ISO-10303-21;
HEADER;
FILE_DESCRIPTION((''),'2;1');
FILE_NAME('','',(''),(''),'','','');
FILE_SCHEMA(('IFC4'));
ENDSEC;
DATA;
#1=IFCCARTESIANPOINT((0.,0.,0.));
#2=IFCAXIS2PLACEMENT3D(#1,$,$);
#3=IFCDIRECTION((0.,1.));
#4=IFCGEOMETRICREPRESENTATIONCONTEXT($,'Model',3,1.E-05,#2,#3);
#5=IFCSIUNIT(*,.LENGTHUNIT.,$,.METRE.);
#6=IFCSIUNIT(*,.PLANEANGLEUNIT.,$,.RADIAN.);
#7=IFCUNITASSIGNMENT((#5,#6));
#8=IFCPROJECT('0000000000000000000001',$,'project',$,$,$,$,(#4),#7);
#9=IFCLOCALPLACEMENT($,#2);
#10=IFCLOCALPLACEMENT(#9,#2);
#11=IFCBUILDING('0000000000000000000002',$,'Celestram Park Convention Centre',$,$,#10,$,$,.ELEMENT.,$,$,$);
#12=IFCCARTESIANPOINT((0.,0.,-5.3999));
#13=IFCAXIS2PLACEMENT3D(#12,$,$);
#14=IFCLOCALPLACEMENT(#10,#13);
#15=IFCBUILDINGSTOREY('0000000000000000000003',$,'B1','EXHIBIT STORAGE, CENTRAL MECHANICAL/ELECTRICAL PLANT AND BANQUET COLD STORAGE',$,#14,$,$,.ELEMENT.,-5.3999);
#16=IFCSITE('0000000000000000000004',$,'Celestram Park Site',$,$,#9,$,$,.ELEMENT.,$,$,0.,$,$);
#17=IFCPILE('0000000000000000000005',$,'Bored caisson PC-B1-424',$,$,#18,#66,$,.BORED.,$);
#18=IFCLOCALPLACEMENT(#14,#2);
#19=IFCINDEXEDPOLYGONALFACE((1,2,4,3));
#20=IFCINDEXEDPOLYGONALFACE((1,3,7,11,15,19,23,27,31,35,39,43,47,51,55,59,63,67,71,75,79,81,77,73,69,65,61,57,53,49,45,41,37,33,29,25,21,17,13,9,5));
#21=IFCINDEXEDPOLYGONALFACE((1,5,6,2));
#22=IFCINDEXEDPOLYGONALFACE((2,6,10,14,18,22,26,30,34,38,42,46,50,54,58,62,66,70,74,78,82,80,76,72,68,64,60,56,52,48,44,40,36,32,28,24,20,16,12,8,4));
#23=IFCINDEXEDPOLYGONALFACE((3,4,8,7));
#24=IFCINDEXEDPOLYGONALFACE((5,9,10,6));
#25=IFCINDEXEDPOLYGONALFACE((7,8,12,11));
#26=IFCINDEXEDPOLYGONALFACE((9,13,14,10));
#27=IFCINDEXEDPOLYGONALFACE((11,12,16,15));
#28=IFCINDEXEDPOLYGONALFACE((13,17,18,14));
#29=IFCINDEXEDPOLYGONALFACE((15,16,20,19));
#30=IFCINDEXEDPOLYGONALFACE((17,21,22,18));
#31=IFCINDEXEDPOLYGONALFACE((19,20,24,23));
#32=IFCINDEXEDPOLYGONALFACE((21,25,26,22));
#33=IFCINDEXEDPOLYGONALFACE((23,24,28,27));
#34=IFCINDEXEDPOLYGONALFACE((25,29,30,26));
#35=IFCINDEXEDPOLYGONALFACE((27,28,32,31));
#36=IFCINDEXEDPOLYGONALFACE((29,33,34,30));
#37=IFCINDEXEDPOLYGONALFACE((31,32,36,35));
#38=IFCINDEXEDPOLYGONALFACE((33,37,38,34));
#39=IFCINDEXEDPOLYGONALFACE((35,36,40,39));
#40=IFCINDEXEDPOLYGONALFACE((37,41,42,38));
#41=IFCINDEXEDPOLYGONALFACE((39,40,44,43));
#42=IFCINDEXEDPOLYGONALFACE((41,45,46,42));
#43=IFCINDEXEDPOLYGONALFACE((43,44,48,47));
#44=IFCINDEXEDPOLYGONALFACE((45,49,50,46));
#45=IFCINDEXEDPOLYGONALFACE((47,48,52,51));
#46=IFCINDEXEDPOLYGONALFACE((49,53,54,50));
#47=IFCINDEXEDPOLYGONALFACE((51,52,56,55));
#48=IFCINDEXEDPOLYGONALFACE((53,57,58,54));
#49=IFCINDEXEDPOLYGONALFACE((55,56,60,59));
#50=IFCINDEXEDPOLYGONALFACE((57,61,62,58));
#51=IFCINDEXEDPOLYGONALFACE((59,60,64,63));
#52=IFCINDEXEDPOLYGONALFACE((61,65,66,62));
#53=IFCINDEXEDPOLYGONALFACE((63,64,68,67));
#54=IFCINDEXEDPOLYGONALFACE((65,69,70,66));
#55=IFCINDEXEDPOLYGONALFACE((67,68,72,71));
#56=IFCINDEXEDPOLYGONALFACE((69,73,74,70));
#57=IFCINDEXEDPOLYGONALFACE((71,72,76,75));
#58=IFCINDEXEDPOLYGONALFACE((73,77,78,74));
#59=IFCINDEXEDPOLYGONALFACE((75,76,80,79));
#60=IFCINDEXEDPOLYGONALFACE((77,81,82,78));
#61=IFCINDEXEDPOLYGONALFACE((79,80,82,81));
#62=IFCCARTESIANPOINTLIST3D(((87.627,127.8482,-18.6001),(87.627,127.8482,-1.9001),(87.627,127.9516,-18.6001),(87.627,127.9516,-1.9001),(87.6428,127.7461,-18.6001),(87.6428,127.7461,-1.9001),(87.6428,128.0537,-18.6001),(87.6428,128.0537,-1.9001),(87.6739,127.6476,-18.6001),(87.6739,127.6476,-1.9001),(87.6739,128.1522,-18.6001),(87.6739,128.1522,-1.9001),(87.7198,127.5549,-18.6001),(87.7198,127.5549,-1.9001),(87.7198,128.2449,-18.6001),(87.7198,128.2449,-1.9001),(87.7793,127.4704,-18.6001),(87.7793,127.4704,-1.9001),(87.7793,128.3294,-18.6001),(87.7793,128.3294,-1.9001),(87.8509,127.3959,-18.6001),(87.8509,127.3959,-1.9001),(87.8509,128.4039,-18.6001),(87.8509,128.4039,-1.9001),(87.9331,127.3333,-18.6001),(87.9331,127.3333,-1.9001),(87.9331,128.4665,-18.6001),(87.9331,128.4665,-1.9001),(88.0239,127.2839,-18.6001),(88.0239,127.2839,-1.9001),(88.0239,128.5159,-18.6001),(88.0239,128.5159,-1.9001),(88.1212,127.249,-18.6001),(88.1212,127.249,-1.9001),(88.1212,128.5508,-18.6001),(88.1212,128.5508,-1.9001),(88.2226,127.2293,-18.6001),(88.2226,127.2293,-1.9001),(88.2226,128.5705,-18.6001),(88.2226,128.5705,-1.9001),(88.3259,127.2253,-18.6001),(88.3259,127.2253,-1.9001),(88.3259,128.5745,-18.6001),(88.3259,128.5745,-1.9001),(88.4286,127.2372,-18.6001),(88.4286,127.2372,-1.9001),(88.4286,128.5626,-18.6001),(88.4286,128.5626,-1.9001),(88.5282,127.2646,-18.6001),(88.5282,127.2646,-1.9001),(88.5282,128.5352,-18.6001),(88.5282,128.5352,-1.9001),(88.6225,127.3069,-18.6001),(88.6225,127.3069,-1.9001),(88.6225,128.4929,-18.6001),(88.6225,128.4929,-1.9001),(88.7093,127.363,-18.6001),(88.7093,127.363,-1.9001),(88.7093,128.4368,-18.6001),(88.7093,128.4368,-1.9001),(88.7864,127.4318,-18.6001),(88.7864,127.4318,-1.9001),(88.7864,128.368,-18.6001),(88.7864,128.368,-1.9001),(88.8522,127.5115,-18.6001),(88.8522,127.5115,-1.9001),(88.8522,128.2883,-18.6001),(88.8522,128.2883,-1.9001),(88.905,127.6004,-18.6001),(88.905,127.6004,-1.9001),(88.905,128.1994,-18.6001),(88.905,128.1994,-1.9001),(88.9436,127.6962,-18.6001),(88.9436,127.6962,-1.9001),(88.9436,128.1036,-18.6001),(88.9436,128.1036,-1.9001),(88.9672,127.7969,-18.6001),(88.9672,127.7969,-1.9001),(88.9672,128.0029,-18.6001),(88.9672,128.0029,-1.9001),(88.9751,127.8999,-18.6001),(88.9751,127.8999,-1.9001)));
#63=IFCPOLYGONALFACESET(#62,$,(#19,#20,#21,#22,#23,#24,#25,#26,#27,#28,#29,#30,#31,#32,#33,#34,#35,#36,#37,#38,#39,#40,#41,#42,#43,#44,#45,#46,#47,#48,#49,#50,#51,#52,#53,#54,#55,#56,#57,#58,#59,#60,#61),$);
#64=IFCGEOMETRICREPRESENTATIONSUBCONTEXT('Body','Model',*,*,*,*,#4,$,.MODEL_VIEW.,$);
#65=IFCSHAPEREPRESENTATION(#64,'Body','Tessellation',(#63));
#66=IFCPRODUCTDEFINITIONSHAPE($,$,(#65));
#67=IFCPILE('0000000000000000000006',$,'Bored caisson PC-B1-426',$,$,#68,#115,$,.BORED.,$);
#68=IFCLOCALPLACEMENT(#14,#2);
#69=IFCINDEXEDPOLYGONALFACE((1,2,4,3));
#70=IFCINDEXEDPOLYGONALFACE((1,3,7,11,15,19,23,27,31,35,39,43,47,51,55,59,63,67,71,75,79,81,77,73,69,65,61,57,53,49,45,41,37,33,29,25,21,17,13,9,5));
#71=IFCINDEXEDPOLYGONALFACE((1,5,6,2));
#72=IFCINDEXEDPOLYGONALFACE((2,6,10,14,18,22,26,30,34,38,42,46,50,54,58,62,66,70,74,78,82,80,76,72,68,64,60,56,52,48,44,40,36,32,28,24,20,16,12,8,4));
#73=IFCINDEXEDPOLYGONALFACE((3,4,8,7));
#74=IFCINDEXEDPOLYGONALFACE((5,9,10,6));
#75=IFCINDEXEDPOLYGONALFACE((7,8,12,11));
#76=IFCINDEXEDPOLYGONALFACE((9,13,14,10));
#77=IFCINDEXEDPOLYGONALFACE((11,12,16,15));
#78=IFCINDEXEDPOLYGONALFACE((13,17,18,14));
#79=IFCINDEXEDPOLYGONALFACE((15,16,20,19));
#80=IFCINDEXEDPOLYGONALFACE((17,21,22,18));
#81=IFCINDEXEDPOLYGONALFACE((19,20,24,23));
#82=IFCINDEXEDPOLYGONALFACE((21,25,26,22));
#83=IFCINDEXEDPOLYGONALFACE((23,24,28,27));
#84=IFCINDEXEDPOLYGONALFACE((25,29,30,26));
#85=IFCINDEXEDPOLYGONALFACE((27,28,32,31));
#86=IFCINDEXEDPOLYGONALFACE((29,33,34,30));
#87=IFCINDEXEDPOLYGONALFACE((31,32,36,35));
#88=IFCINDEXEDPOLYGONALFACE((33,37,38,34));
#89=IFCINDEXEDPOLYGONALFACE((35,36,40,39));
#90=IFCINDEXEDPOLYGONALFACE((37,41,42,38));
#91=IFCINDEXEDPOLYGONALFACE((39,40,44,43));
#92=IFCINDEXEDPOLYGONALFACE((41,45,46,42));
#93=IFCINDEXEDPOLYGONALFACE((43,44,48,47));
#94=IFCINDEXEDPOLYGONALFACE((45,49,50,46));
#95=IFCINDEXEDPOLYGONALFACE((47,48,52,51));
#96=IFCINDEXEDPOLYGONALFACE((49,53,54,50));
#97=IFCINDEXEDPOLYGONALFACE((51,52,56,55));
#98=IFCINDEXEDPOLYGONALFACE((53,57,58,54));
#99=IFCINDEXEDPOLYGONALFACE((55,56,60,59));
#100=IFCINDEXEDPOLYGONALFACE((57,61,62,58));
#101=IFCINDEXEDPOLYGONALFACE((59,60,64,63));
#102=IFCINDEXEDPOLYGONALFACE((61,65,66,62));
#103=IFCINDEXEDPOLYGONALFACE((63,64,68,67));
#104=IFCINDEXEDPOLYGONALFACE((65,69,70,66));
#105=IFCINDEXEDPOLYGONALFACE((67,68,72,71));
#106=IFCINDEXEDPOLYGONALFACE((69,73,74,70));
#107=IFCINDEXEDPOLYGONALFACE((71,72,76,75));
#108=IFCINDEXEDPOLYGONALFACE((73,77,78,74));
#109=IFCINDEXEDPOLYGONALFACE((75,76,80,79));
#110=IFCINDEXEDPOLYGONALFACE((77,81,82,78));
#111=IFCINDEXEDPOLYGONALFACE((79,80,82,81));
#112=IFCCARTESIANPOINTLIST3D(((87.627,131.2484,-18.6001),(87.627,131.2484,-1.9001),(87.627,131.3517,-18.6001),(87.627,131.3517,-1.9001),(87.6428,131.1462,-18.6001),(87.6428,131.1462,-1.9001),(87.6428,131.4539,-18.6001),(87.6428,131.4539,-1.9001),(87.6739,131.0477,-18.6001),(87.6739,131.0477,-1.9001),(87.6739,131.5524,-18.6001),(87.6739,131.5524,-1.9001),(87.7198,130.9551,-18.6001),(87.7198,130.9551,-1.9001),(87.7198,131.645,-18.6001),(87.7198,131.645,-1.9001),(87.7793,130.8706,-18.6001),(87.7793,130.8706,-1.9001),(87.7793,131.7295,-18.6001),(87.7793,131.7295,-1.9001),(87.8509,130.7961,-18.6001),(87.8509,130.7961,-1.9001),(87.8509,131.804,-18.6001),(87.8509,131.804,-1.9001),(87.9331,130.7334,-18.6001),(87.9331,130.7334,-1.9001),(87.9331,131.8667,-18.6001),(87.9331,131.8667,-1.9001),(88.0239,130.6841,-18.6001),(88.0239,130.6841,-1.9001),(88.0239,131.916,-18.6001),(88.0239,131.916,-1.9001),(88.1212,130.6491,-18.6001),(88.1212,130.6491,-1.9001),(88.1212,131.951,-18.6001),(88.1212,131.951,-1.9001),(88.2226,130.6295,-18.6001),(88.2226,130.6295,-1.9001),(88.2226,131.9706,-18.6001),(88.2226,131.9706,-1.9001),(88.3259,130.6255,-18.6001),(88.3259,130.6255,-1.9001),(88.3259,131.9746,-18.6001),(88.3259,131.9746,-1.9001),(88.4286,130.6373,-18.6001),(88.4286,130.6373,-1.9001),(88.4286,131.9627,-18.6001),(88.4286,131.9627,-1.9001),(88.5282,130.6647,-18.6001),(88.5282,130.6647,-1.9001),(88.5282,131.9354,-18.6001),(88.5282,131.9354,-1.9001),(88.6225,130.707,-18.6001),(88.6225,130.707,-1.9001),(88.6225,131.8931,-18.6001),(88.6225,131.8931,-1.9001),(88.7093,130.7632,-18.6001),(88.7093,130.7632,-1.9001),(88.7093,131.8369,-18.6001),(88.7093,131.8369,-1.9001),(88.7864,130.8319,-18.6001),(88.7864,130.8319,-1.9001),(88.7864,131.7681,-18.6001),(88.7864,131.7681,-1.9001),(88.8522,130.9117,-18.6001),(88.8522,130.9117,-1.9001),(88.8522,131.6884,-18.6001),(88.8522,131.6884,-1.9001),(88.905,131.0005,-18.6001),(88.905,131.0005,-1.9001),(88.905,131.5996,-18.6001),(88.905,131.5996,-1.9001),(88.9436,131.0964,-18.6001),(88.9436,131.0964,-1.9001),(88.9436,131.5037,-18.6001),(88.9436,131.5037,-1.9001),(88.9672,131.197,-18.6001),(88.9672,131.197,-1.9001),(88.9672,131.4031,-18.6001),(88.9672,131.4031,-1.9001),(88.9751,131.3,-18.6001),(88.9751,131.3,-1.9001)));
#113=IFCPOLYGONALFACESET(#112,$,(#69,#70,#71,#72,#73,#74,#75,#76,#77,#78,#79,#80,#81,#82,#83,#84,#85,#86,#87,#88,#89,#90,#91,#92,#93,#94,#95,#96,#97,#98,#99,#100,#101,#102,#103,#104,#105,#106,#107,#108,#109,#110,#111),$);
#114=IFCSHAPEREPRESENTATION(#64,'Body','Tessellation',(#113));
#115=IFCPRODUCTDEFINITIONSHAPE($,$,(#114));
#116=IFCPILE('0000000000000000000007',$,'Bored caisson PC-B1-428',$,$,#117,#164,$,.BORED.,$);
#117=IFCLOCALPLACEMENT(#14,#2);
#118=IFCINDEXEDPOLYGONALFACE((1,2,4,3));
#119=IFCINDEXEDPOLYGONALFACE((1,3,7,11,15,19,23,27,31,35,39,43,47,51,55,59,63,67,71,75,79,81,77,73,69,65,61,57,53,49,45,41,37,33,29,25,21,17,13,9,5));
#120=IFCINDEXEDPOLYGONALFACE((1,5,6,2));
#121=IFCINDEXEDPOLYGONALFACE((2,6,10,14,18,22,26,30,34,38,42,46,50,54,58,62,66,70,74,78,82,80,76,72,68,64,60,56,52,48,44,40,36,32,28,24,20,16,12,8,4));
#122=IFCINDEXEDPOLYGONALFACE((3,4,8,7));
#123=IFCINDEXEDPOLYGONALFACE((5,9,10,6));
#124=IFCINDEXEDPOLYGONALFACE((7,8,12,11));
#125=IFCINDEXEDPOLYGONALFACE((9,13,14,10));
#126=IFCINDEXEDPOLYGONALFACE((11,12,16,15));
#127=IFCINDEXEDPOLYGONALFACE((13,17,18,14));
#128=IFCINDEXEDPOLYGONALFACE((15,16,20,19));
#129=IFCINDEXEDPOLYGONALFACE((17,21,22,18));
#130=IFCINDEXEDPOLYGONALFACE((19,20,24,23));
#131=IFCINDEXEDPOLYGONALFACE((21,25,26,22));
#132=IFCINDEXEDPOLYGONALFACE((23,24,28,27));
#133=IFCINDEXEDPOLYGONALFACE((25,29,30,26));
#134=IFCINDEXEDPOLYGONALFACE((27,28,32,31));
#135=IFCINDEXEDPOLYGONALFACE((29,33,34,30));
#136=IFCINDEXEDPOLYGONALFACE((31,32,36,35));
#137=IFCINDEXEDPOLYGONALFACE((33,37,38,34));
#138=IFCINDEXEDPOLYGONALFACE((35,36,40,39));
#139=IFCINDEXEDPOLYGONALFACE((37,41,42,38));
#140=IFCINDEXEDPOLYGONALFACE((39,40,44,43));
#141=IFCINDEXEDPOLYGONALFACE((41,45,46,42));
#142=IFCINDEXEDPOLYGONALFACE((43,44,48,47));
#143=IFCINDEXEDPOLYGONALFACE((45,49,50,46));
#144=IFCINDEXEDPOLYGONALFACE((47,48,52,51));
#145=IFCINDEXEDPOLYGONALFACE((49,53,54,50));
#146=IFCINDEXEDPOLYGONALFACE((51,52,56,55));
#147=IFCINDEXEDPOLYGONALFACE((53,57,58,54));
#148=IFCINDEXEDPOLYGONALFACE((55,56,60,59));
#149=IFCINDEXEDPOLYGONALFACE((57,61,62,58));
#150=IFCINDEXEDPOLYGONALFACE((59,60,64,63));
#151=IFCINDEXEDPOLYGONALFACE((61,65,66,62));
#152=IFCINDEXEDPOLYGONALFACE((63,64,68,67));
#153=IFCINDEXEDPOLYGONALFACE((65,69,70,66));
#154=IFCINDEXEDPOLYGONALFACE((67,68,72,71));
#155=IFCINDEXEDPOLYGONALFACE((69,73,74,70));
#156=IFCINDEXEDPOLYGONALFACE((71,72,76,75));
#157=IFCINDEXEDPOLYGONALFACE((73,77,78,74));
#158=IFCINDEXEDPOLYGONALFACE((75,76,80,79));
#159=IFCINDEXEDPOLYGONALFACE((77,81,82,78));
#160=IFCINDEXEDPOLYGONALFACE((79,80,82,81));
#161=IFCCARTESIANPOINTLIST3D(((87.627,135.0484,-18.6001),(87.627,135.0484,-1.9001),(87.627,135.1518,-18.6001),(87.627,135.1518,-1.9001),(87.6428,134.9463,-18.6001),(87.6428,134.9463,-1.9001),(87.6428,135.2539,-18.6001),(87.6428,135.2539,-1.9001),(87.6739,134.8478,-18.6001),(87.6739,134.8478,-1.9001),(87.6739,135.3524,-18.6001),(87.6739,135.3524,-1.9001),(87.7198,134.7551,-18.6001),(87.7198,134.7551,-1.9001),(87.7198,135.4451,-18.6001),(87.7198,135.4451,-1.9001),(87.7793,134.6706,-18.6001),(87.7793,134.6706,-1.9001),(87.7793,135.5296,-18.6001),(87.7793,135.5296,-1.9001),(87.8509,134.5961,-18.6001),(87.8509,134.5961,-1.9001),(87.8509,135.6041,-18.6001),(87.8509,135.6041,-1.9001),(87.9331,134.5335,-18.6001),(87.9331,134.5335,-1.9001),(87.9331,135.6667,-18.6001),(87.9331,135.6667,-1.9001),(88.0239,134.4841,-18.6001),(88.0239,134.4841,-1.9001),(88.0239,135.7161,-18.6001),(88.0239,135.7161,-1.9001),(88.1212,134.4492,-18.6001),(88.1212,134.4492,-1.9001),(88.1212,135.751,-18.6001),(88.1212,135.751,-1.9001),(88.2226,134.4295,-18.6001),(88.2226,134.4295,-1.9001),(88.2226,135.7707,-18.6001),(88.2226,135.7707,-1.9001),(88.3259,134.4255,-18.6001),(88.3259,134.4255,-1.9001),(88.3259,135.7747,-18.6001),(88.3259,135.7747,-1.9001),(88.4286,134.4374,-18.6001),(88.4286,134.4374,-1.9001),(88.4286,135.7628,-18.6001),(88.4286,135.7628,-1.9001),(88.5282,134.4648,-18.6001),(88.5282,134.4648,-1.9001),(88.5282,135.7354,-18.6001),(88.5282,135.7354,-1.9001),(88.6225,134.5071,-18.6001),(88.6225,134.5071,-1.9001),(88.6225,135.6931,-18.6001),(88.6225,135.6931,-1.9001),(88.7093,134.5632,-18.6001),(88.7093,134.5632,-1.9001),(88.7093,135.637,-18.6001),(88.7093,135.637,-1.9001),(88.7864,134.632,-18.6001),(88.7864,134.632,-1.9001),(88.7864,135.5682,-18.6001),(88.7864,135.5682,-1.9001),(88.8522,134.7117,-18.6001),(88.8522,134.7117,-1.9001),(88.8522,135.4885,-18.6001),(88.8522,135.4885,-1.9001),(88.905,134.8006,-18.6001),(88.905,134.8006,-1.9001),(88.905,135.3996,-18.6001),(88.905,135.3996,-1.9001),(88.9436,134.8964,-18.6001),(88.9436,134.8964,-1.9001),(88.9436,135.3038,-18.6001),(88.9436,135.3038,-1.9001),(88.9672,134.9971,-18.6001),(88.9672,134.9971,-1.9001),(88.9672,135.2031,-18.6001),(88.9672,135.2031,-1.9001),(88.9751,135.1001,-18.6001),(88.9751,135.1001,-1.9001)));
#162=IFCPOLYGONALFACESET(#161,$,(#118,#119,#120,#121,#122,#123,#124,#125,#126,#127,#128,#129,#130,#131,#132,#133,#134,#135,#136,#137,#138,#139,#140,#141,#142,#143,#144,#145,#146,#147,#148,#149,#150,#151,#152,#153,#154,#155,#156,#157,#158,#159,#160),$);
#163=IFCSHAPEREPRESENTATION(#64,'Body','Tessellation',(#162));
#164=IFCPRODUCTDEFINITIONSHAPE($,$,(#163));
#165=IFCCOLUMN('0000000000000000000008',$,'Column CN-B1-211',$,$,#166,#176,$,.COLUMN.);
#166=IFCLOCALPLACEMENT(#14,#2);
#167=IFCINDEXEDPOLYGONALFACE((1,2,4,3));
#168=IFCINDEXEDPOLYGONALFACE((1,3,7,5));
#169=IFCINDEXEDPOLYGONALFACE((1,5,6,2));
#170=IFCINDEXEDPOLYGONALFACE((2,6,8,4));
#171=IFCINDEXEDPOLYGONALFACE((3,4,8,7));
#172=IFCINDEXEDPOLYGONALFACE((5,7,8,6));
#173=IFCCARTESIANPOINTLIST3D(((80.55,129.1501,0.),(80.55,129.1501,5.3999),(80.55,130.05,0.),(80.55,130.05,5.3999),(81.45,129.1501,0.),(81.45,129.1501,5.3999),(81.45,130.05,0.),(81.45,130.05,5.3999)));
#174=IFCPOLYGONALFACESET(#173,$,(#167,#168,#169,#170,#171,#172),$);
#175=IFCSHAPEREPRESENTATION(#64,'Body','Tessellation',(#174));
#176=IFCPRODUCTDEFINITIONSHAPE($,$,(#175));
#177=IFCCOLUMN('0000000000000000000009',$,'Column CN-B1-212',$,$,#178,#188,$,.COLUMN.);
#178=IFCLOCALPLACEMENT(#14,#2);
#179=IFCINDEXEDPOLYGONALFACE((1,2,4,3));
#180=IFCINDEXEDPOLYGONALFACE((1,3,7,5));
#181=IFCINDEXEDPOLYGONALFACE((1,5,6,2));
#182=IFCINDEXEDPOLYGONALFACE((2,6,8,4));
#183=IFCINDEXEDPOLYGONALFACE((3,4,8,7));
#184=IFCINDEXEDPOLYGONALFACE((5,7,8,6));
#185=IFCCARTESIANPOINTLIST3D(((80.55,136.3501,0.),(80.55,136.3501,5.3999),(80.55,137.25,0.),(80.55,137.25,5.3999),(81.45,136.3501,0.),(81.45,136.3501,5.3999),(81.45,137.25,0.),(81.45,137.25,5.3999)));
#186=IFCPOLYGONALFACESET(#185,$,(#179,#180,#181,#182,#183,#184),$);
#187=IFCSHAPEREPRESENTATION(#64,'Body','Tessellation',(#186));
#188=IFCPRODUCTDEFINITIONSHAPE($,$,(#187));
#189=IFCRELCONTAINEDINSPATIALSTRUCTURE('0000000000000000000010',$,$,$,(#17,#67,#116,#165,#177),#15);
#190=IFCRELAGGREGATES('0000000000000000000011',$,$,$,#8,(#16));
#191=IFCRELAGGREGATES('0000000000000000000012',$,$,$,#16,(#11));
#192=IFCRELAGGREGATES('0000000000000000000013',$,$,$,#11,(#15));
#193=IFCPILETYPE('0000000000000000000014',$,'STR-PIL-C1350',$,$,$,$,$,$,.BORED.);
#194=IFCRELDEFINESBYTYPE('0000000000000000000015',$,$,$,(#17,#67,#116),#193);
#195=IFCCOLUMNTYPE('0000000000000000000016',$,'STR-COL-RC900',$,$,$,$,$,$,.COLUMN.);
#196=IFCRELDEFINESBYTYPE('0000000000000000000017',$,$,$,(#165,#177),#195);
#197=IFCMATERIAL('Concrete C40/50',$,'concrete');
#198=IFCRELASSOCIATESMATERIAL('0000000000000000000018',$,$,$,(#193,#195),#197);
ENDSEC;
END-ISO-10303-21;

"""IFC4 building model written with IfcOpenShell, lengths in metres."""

from ifc_helpers import new_model, si_unit, direction, frame, origin, origin_2d, place, context, subcontext, project, spatial, rectangle, circle, extrude, material, material_profile, profile_set, type_object, element, save


model = new_model("IFC4")

# Units and contexts
model_context = context("Model", 3, precision=1e-05, world=origin(), true_north=direction((0.0, 1.0)))
body_context = subcontext(model_context, "Body", "Model", "MODEL_VIEW")
ifc_project = project(units=[si_unit("LENGTHUNIT", "METRE"), si_unit("PLANEANGLEUNIT", "RADIAN")], contexts=[model_context])

# Site, building, storey
site_placement = place(None, origin())
site = spatial("IfcSite", under=ifc_project, at=site_placement, Name="Celestram Park Site", CompositionType="ELEMENT", RefElevation=0.0)
building_placement = place(site_placement, origin())
building = spatial("IfcBuilding", under=site, at=building_placement, Name="Celestram Park Convention Centre", CompositionType="ELEMENT")
storey_placement = place(building_placement, frame((0.0, 0.0, -5.3999)))
storey = spatial("IfcBuildingStorey", under=building, at=storey_placement, Name="B1", Description="EXHIBIT STORAGE, CENTRAL MECHANICAL/ELECTRICAL PLANT AND BANQUET COLD STORAGE", CompositionType="ELEMENT", Elevation=-5.3999)

# Shared definitions
ifc_material_1 = material(Name="Concrete C40/50", Category="concrete")

# Piles
ifc_material_profile_1 = material_profile(ifc_material_1, circle(Radius=0.675, at=origin_2d()), Name="CAISSON1350")
ifc_profile_set_1 = profile_set([ifc_material_profile_1], Name="Concrete C40/50")
pile_type_1 = type_object("IfcPileType", Name="STR-PIL-C1350", PredefinedType="BORED", material=ifc_profile_set_1)
for number, where, z_axis, x_axis, name in (
    (1, (88.3, 127.8999, -1.9001), (0.0, 0.0, -1.0), (1.0, 0.0, 0.0), "Bored caisson PC-B1-424"),
    (2, (88.3, 131.3, -1.9001), (0.0, 0.0, -1.0), (1.0, 0.0, 0.0), "Bored caisson PC-B1-426"),
    (3, (88.3, 135.1001, -1.9001), (0.0, 0.0, -1.0), (1.0, 0.0, 0.0), "Bored caisson PC-B1-428"),
):
    element("IfcPile", number, at=place(storey_placement, frame(where, z_axis=z_axis, x_axis=x_axis)), inside=storey, type_object=pile_type_1, Name=name, PredefinedType="BORED", context=body_context, shape_type="SweptSolid", body=[
        extrude(circle(Radius=0.675, at=origin_2d()), origin(), (0.0, 0.0, 1.0), 16.7),
    ])

# Columns
ifc_material_profile_2 = material_profile(ifc_material_1, rectangle(XDim=0.8999, YDim=0.8999, at=origin_2d()), Name="RC900X900")
ifc_profile_set_2 = profile_set([ifc_material_profile_2], Name="Concrete C40/50")
column_type = type_object("IfcColumnType", Name="STR-COL-RC900", PredefinedType="COLUMN", material=ifc_profile_set_2)
for number, where, z_axis, x_axis, name in (
    (4, (81.0, 129.6001, 0.0), (0.0, 0.0, 1.0), (1.0, 0.0, 0.0), "Column CN-B1-211"),
    (5, (81.0, 136.8, 0.0), (0.0, 0.0, 1.0), (1.0, 0.0, 0.0), "Column CN-B1-212"),
):
    element("IfcColumn", number, at=place(storey_placement, frame(where, z_axis=z_axis, x_axis=x_axis)), inside=storey, type_object=column_type, Name=name, PredefinedType="COLUMN", context=body_context, shape_type="SweptSolid", body=[
        extrude(rectangle(XDim=0.8999, YDim=0.8999, at=origin_2d()), origin(), (0.0, 0.0, 1.0), 5.3999),
    ])

save(model, "model.ifc")
